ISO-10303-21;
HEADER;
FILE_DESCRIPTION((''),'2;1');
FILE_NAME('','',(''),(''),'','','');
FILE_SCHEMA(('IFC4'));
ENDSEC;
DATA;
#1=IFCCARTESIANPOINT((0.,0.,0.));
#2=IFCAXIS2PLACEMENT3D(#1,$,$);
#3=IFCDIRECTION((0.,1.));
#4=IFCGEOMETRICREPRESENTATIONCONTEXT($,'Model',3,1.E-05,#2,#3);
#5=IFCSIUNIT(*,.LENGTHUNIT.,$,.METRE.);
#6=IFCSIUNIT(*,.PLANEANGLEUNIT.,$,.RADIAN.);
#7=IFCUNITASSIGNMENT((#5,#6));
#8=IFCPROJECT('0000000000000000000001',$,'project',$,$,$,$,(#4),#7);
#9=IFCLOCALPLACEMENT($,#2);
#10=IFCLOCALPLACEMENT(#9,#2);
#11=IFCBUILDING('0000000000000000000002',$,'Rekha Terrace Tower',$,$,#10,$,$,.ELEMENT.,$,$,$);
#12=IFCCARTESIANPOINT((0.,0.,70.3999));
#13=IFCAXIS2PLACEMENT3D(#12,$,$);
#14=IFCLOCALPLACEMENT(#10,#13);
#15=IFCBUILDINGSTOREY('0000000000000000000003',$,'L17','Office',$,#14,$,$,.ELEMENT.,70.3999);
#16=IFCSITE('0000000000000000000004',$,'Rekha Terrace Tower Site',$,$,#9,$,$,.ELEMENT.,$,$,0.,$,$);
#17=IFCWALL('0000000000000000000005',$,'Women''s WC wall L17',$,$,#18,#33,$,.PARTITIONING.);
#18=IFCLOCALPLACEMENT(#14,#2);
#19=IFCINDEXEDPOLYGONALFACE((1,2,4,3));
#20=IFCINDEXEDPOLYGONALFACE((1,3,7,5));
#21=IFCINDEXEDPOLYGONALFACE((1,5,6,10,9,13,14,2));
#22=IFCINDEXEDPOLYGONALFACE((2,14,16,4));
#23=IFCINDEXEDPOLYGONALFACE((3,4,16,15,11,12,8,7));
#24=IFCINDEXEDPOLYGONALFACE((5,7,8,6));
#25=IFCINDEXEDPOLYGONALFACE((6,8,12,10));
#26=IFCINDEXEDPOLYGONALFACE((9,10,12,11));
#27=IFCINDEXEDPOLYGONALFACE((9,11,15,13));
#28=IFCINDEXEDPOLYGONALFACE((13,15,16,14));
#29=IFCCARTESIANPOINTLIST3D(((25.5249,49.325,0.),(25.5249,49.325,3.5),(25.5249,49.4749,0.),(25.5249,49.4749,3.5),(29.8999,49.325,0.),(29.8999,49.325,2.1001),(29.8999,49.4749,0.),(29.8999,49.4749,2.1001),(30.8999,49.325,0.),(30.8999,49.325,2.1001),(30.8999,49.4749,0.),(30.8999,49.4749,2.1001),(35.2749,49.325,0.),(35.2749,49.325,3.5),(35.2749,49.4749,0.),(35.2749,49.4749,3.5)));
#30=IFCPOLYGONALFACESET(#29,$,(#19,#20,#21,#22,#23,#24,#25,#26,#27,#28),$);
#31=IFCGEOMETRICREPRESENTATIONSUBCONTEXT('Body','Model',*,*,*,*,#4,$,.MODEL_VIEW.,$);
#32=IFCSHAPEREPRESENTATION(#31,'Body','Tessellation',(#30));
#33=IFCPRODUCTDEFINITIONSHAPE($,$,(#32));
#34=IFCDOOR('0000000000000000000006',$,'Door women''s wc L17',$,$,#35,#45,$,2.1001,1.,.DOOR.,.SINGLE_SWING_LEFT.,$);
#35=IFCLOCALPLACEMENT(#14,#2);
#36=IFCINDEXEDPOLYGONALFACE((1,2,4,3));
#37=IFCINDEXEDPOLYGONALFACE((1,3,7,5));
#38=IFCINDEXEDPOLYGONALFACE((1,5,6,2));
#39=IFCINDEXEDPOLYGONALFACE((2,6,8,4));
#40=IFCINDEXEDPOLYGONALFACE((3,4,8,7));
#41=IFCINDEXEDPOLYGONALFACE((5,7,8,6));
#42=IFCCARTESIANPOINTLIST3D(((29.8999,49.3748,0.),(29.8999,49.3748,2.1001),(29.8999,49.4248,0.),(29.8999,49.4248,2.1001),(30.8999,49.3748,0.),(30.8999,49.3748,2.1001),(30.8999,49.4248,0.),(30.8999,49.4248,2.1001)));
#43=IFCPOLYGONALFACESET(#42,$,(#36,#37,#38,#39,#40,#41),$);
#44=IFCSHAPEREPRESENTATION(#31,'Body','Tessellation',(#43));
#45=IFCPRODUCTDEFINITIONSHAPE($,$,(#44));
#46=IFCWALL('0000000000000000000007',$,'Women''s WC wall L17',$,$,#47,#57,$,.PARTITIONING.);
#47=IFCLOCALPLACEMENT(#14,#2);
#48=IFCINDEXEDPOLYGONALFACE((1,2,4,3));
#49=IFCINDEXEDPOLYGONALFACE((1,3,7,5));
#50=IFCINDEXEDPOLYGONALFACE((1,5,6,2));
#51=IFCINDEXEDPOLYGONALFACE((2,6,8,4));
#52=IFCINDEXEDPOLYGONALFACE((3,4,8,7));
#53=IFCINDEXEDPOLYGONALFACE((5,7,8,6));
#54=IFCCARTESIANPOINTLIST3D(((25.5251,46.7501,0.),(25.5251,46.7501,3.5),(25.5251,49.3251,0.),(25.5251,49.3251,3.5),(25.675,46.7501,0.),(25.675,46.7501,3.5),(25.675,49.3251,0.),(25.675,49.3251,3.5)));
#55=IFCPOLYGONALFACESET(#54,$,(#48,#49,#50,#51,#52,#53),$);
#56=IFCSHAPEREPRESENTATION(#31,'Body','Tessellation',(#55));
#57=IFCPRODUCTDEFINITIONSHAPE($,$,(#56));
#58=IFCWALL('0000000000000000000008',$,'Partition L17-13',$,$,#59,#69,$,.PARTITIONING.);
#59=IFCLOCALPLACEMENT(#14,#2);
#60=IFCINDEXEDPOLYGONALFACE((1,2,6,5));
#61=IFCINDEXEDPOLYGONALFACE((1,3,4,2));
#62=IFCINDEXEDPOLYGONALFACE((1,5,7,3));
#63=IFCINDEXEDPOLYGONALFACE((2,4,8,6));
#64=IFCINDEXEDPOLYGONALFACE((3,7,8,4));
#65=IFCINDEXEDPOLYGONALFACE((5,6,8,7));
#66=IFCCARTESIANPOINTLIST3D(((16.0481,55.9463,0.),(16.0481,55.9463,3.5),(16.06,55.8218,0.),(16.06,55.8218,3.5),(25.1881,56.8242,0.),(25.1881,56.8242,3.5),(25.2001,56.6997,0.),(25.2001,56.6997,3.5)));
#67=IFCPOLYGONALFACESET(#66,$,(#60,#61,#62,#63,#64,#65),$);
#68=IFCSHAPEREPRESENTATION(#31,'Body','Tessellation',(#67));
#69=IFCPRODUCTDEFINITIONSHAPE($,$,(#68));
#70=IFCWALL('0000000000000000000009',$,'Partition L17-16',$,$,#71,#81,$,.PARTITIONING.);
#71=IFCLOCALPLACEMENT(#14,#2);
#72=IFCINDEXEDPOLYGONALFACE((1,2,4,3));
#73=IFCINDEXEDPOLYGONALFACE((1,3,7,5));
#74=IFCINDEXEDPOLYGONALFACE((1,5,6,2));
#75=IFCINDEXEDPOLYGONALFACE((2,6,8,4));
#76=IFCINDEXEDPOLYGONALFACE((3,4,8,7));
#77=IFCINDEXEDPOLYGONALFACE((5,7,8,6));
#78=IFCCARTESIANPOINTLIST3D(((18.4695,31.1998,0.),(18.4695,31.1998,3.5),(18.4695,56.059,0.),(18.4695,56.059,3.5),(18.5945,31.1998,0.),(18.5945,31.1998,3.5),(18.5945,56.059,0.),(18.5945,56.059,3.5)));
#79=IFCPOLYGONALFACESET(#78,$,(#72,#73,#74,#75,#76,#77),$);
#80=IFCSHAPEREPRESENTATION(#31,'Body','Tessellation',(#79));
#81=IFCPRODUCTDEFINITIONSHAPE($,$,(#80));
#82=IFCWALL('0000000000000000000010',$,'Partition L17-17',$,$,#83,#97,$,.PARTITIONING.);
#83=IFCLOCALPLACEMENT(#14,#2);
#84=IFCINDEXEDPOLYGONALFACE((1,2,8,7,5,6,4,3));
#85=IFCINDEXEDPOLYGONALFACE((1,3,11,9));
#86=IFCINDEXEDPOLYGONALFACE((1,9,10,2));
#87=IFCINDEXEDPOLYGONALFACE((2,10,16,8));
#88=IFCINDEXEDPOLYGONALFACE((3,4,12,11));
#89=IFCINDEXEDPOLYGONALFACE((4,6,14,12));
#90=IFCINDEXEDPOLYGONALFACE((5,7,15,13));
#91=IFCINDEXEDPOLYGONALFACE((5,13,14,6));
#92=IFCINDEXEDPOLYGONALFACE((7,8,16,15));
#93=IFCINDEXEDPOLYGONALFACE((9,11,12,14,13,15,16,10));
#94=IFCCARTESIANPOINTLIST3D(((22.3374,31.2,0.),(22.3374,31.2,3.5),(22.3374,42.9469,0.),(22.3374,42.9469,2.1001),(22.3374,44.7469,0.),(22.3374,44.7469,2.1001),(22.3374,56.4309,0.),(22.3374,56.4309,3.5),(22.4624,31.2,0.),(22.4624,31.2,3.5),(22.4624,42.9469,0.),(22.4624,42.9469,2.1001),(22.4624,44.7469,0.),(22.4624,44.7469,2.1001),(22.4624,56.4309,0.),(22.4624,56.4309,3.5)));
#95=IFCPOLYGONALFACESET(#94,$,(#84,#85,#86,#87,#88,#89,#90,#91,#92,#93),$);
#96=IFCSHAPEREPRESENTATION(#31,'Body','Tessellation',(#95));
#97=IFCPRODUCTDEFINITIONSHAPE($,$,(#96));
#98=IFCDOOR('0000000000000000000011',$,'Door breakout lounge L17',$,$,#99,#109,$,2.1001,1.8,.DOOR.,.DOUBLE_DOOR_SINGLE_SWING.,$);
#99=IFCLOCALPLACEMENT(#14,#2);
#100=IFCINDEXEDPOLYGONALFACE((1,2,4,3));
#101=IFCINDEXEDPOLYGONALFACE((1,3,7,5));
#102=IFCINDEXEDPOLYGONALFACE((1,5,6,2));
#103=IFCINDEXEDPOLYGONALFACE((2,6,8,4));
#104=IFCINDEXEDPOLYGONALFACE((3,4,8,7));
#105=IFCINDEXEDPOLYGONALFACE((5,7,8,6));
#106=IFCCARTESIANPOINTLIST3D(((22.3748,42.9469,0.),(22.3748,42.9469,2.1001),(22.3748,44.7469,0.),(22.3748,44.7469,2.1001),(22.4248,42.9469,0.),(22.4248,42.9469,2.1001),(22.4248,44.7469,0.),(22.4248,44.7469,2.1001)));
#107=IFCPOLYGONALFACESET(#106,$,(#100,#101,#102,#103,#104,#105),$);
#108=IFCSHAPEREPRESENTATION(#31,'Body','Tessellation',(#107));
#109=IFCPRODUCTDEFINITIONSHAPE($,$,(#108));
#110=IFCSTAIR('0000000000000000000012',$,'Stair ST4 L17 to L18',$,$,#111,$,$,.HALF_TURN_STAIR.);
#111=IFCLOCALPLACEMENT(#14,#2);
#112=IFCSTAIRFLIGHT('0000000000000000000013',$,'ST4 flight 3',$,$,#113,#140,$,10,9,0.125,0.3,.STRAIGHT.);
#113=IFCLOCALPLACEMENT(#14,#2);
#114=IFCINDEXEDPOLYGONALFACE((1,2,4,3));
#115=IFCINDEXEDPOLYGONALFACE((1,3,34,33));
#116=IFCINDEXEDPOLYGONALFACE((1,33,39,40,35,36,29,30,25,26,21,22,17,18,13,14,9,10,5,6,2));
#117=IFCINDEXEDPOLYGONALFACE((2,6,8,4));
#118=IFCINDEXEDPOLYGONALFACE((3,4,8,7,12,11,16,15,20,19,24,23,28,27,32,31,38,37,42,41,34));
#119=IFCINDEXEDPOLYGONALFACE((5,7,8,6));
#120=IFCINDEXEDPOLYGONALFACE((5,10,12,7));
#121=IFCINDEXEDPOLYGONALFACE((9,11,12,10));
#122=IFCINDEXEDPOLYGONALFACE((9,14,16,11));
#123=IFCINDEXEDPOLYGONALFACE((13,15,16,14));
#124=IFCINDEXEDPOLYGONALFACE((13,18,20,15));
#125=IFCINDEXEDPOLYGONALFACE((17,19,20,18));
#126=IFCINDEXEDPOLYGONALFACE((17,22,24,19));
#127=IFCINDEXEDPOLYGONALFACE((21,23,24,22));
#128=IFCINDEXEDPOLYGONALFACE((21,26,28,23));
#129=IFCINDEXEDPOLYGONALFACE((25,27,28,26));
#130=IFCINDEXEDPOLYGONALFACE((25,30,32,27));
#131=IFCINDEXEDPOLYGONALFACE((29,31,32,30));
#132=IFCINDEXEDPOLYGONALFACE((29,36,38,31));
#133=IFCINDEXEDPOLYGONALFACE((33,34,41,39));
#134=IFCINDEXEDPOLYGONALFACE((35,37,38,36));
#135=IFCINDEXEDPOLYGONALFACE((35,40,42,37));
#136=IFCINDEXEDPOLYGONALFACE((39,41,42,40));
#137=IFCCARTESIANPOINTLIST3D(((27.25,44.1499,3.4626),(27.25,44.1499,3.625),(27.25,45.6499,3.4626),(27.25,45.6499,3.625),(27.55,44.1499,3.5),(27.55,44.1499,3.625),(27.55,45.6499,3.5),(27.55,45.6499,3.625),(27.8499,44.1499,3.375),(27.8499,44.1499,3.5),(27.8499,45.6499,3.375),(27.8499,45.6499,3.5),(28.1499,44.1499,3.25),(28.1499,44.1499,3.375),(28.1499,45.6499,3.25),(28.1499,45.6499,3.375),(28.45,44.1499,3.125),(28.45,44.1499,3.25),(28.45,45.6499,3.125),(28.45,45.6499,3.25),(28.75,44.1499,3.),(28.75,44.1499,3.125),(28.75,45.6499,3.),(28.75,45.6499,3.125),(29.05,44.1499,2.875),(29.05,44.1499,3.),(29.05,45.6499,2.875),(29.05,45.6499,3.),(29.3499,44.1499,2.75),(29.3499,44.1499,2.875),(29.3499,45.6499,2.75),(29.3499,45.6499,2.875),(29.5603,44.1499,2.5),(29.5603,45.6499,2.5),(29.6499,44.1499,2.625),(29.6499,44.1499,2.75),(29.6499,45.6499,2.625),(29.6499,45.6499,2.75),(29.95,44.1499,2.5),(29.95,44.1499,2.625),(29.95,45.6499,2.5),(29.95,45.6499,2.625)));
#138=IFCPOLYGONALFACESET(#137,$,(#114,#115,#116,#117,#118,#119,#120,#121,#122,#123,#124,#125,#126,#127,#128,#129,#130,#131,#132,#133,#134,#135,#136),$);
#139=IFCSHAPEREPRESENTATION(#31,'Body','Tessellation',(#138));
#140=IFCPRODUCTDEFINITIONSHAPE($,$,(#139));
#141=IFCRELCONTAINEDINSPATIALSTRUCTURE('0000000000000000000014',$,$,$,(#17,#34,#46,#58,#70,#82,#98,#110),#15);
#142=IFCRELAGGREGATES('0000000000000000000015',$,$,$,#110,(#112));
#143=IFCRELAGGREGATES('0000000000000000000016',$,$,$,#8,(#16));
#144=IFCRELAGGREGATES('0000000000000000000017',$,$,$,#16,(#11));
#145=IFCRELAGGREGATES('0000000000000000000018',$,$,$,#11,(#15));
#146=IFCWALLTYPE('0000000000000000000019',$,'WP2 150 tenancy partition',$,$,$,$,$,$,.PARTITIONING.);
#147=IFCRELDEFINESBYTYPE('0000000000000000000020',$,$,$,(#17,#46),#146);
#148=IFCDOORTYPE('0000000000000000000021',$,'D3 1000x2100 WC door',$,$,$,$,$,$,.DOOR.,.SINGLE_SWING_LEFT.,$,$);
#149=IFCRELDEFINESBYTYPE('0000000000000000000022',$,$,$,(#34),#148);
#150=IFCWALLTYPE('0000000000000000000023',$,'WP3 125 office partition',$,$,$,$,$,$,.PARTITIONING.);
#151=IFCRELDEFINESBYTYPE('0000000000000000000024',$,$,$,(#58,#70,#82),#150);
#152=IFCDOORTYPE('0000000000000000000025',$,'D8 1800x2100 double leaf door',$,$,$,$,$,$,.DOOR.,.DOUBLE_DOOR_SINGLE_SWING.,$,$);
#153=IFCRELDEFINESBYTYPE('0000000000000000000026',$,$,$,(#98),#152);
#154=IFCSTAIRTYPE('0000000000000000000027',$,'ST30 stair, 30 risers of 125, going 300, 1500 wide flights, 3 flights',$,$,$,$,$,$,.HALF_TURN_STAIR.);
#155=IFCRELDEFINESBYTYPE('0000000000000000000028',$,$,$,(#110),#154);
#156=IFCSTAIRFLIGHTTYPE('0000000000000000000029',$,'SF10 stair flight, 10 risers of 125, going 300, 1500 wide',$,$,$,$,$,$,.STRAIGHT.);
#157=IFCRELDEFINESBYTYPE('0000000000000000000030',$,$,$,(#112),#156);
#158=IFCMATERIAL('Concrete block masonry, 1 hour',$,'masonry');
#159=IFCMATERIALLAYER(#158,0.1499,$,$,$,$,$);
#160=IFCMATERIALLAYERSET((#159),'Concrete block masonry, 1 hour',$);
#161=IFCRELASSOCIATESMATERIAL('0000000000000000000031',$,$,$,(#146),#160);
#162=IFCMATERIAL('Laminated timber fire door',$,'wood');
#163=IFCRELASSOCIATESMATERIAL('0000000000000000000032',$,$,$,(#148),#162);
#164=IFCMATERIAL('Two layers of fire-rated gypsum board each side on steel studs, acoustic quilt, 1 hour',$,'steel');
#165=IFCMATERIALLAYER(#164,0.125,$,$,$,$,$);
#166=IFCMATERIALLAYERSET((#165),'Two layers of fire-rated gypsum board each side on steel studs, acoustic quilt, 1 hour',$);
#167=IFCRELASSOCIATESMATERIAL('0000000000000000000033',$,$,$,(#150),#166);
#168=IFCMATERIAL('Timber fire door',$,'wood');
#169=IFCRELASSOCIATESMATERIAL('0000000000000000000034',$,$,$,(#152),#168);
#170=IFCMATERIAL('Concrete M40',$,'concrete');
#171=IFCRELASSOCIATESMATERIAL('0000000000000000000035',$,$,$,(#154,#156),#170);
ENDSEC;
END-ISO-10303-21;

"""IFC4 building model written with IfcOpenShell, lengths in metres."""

from ifc_helpers import new_model, si_unit, direction, frame, frame_2d, origin, place, context, subcontext, project, spatial, polyline, rectangle, outline, extrude, material, layer, layer_set, type_object, element, fill, aggregate, save


model = new_model("IFC4")

# Units and contexts
model_context = context("Model", 3, precision=1e-05, world=origin(), true_north=direction((0.0, 1.0)))
body_context = subcontext(model_context, "Body", "Model", "MODEL_VIEW")
ifc_project = project(units=[si_unit("LENGTHUNIT", "METRE"), si_unit("PLANEANGLEUNIT", "RADIAN")], contexts=[model_context])

# Site, building, storey
site_placement = place(None, origin())
site = spatial("IfcSite", under=ifc_project, at=site_placement, Name="Rekha Terrace Tower Site", CompositionType="ELEMENT", RefElevation=0.0)
building_placement = place(site_placement, origin())
building = spatial("IfcBuilding", under=site, at=building_placement, Name="Rekha Terrace Tower", CompositionType="ELEMENT")
storey_placement = place(building_placement, frame((0.0, 0.0, 70.3999)))
storey = spatial("IfcBuildingStorey", under=building, at=storey_placement, Name="L17", Description="Office", CompositionType="ELEMENT", Elevation=70.3999)

# Wall, opening, door
ifc_material_1 = material(Name="Concrete block masonry, 1 hour", Category="masonry")
ifc_layer_1 = layer(ifc_material_1, 0.1499)
ifc_layer_set_1 = layer_set([ifc_layer_1], Name="Concrete block masonry, 1 hour")
wall_type_1 = type_object("IfcWallType", Name="WP2 150 tenancy partition", PredefinedType="PARTITIONING", material=ifc_layer_set_1)
wall_1_placement = place(storey_placement, frame((25.5249, 49.3999, 0.0), z_axis=(0.0, 0.0, 1.0), x_axis=(1.0, 0.0, 0.0)))
wall_1 = element("IfcWall", 1, at=wall_1_placement, inside=storey, type_object=wall_type_1, Name="Women's WC wall L17", PredefinedType="PARTITIONING", context=body_context, shape_type="SweptSolid", body=[
    extrude(rectangle(XDim=9.75, YDim=0.1499, at=frame_2d((4.875, 0.0))), origin(), (0.0, 0.0, 1.0), 3.5),
])
opening_1_placement = place(wall_1_placement, frame((4.375, 0.0, 0.0)))
opening_1 = element("IfcOpeningElement", 2, at=opening_1_placement, cuts=wall_1, PredefinedType="OPENING", context=body_context, shape_type="SweptSolid", body=[
    extrude(rectangle(XDim=1.0, YDim=2.1001, at=frame_2d((0.5, 1.05))), frame((0.0, 0.085, 0.0), z_axis=(0.0, -1.0, 0.0), x_axis=(1.0, 0.0, 0.0)), (0.0, 0.0, 1.0), 0.1699),
])
ifc_material_2 = material(Name="Laminated timber fire door", Category="wood")
door_type_1 = type_object("IfcDoorType", Name="D3 1000x2100 WC door", OperationType="SINGLE_SWING_LEFT", PredefinedType="DOOR", material=ifc_material_2)
door_1_placement = place(opening_1_placement, origin())
door_1 = element("IfcDoor", 3, at=door_1_placement, inside=storey, type_object=door_type_1, Name="Door women's wc L17", OperationType="SINGLE_SWING_LEFT", OverallHeight=2.1001, OverallWidth=1.0, PredefinedType="DOOR", context=body_context, shape_type="SweptSolid", body=[
    extrude(rectangle(XDim=1.0, YDim=2.1001, at=frame_2d((0.5, 1.05))), frame((0.0, 0.0249, 0.0), z_axis=(0.0, -1.0, 0.0), x_axis=(1.0, 0.0, 0.0)), (0.0, 0.0, 1.0), 0.05),
])
fill(opening_1, door_1)

# Walls
wall_2_placement = place(storey_placement, frame((25.6001, 46.75, 0.0), z_axis=(0.0, 0.0, 1.0), x_axis=(0.0, 1.0, 0.0)))
element("IfcWall", 4, at=wall_2_placement, inside=storey, type_object=wall_type_1, Name="Women's WC wall L17", PredefinedType="PARTITIONING", context=body_context, shape_type="SweptSolid", body=[
    extrude(rectangle(XDim=2.575, YDim=0.1499, at=frame_2d((1.2876, 0.0))), origin(), (0.0, 0.0, 1.0), 3.5),
])
ifc_material_3 = material(Name="Two layers of fire-rated gypsum board each side on steel studs, acoustic quilt, 1 hour", Category="steel")
ifc_layer_2 = layer(ifc_material_3, 0.125)
ifc_layer_set_2 = layer_set([ifc_layer_2], Name="Two layers of fire-rated gypsum board each side on steel studs, acoustic quilt, 1 hour")
wall_type_2 = type_object("IfcWallType", Name="WP3 125 office partition", PredefinedType="PARTITIONING", material=ifc_layer_set_2)
wall_3_placement = place(storey_placement, frame((25.1941, 56.762, 0.0), z_axis=(0.0, 0.0, 1.0), x_axis=(-0.995419, -0.095612, 0.0)))
element("IfcWall", 5, at=wall_3_placement, inside=storey, type_object=wall_type_2, Name="Partition L17-13", PredefinedType="PARTITIONING", context=body_context, shape_type="SweptSolid", body=[
    extrude(rectangle(XDim=9.1821, YDim=0.125, at=frame_2d((4.5911, 0.0))), origin(), (0.0, 0.0, 1.0), 3.5),
])
wall_4_placement = place(storey_placement, frame((18.532, 56.0591, 0.0), z_axis=(0.0, 0.0, 1.0), x_axis=(0.0, -1.0, 0.0)))
element("IfcWall", 6, at=wall_4_placement, inside=storey, type_object=wall_type_2, Name="Partition L17-16", PredefinedType="PARTITIONING", context=body_context, shape_type="SweptSolid", body=[
    extrude(rectangle(XDim=24.8591, YDim=0.125, at=frame_2d((12.4297, 0.0))), origin(), (0.0, 0.0, 1.0), 3.5),
])

# Wall, opening, door
wall_5_placement = place(storey_placement, frame((22.3999, 56.4309, 0.0), z_axis=(0.0, 0.0, 1.0), x_axis=(0.0, -1.0, 0.0)))
wall_5 = element("IfcWall", 7, at=wall_5_placement, inside=storey, type_object=wall_type_2, Name="Partition L17-17", PredefinedType="PARTITIONING", context=body_context, shape_type="SweptSolid", body=[
    extrude(rectangle(XDim=25.231, YDim=0.125, at=frame_2d((12.6155, 0.0))), origin(), (0.0, 0.0, 1.0), 3.5),
])
opening_2_placement = place(wall_5_placement, frame((11.6841, 0.0, 0.0)))
opening_2 = element("IfcOpeningElement", 8, at=opening_2_placement, cuts=wall_5, PredefinedType="OPENING", context=body_context, shape_type="SweptSolid", body=[
    extrude(rectangle(XDim=1.8, YDim=2.1001, at=frame_2d((0.8999, 1.05))), frame((0.0, 0.0725, 0.0), z_axis=(0.0, -1.0, 0.0), x_axis=(1.0, 0.0, 0.0)), (0.0, 0.0, 1.0), 0.145),
])
ifc_material_4 = material(Name="Timber fire door", Category="wood")
door_type_2 = type_object("IfcDoorType", Name="D8 1800x2100 double leaf door", OperationType="DOUBLE_DOOR_SINGLE_SWING", PredefinedType="DOOR", material=ifc_material_4)
door_2_placement = place(opening_2_placement, origin())
door_2 = element("IfcDoor", 9, at=door_2_placement, inside=storey, type_object=door_type_2, Name="Door breakout lounge L17", OperationType="DOUBLE_DOOR_SINGLE_SWING", OverallHeight=2.1001, OverallWidth=1.8, PredefinedType="DOOR", context=body_context, shape_type="SweptSolid", body=[
    extrude(rectangle(XDim=1.8, YDim=2.1001, at=frame_2d((0.8999, 1.05))), frame((0.0, 0.0249, 0.0), z_axis=(0.0, -1.0, 0.0), x_axis=(1.0, 0.0, 0.0)), (0.0, 0.0, 1.0), 0.05),
])
fill(opening_2, door_2)

# Stair, stair flight
ifc_material_5 = material(Name="Concrete M40", Category="concrete")
stair_type = type_object("IfcStairType", Name="ST30 stair, 30 risers of 125, going 300, 1500 wide flights, 3 flights", PredefinedType="HALF_TURN_STAIR", material=ifc_material_5)
stair_placement = place(storey_placement, origin())
stair = element("IfcStair", 10, at=stair_placement, inside=storey, type_object=stair_type, Name="Stair ST4 L17 to L18", PredefinedType="HALF_TURN_STAIR")
stair_flight_type = type_object("IfcStairFlightType", Name="SF10 stair flight, 10 risers of 125, going 300, 1500 wide", PredefinedType="STRAIGHT", material=ifc_material_5)
stair_flight_placement = place(storey_placement, frame((29.95, 44.8999, 2.5), z_axis=(0.0, 0.0, 1.0), x_axis=(-1.0, 0.0, 0.0)))
stair_flight = element("IfcStairFlight", 11, at=stair_flight_placement, type_object=stair_flight_type, Name="ST4 flight 3", NumberOfRisers=10, NumberOfTreads=9, PredefinedType="STRAIGHT", RiserHeight=0.125, TreadLength=0.3, context=body_context, shape_type="SweptSolid", body=[
    extrude(outline(polyline([(0.0, 0.0), (0.0, 0.125), (0.3, 0.125), (0.3, 0.25), (0.6001, 0.25), (0.6001, 0.375), (0.8999, 0.375), (0.8999, 0.5), (1.2, 0.5), (1.2, 0.625), (1.5, 0.625), (1.5, 0.75), (1.8, 0.75), (1.8, 0.875), (2.1001, 0.875), (2.1001, 1.0), (2.3999, 1.0), (2.3999, 1.125), (2.7, 1.125), (2.7, 1.25), (2.7, 0.9626), (0.3896, 0.0), (0.0, 0.0)])), frame((0.0, 0.75, 0.0), z_axis=(0.0, -1.0, 0.0), x_axis=(1.0, 0.0, 0.0)), (0.0, 0.0, 1.0), 1.5),
])
aggregate(stair, [stair_flight])

save(model, "model.ifc")
